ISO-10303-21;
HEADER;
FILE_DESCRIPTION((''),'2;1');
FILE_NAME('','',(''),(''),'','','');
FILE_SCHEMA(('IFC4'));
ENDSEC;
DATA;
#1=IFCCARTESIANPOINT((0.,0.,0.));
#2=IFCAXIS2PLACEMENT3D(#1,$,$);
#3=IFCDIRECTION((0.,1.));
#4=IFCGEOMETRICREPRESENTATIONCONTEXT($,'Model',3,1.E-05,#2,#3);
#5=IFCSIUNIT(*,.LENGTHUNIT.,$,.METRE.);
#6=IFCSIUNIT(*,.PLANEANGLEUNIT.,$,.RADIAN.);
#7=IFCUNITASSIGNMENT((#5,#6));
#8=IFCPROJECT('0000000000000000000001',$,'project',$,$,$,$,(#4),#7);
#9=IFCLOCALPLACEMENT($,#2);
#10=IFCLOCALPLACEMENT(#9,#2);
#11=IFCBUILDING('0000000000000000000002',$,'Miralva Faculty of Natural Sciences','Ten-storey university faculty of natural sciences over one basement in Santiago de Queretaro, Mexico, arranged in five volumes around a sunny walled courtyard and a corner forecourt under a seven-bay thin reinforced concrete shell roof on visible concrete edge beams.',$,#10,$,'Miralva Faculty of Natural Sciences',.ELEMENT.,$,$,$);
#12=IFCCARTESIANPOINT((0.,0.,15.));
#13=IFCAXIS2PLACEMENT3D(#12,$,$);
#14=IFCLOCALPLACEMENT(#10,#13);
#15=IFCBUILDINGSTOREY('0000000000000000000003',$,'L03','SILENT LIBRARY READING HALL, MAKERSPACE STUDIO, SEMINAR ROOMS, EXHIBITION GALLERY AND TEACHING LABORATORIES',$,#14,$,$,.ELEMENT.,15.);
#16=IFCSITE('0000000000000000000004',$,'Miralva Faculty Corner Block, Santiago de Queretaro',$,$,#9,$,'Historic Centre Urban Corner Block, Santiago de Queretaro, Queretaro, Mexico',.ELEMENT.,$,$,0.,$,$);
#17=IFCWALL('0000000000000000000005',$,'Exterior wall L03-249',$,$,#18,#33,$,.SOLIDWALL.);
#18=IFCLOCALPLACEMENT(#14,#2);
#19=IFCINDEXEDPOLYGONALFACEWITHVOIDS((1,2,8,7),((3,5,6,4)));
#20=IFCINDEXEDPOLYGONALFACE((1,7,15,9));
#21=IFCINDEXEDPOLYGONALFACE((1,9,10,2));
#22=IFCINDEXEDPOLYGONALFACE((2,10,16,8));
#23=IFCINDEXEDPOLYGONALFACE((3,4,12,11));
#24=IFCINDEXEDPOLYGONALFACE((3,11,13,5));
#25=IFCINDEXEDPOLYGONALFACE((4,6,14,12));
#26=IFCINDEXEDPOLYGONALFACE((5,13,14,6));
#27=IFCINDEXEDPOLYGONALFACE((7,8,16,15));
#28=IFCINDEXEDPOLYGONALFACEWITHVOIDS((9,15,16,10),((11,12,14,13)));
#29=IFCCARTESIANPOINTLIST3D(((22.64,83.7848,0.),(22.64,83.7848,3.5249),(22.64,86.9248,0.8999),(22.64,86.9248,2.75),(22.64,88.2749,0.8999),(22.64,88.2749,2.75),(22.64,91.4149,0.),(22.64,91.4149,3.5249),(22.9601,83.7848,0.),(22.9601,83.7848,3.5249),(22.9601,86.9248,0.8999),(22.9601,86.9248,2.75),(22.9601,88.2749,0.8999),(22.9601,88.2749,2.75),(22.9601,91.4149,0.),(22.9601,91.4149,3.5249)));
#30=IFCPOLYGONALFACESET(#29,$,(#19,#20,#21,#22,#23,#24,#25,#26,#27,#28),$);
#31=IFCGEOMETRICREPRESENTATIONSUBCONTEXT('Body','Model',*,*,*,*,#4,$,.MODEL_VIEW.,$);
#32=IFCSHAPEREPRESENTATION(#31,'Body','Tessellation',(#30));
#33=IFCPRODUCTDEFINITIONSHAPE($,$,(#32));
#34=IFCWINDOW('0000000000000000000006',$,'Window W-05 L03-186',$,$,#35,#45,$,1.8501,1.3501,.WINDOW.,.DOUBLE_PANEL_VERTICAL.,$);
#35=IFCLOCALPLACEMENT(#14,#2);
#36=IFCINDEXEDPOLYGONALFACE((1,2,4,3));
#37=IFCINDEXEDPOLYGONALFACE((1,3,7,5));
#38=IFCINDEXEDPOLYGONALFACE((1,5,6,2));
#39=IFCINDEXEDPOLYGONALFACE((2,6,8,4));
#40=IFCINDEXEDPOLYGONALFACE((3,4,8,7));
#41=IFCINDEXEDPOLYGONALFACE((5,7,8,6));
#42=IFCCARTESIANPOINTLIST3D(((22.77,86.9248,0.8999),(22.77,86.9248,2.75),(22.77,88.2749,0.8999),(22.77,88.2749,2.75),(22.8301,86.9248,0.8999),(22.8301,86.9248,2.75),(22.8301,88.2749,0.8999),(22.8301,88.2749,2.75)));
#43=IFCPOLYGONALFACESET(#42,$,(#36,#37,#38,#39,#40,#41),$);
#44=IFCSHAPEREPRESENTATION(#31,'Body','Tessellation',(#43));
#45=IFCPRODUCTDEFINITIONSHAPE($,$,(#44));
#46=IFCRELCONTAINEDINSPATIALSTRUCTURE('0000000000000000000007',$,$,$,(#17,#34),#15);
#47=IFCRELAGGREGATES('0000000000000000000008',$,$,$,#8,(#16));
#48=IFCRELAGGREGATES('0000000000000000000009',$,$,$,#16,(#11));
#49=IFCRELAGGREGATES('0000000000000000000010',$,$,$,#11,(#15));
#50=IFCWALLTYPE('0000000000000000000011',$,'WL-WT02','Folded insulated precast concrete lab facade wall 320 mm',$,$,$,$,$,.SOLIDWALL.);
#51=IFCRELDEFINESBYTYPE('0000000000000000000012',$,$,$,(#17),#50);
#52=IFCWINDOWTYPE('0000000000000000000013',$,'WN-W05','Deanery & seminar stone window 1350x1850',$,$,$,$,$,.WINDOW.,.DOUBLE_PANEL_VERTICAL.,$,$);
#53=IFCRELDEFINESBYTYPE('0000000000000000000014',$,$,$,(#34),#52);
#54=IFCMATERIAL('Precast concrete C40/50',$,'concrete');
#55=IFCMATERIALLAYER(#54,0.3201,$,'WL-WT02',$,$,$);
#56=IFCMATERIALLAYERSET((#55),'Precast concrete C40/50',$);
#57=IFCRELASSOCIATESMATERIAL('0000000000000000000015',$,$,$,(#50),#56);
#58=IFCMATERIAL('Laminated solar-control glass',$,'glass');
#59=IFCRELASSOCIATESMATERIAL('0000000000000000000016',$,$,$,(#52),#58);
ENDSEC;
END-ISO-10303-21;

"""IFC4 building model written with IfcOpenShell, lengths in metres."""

from ifc_helpers import new_model, si_unit, direction, frame, frame_2d, origin, place, context, subcontext, project, spatial, rectangle, extrude, material, layer, layer_set, type_object, element, fill, save


model = new_model("IFC4")

# Units and contexts
model_context = context("Model", 3, precision=1e-05, world=origin(), true_north=direction((0.0, 1.0)))
body_context = subcontext(model_context, "Body", "Model", "MODEL_VIEW")
ifc_project = project(units=[si_unit("LENGTHUNIT", "METRE"), si_unit("PLANEANGLEUNIT", "RADIAN")], contexts=[model_context])

# Site, building, storey
site_placement = place(None, origin())
site = spatial("IfcSite", under=ifc_project, at=site_placement, Name="Miralva Faculty Corner Block, Santiago de Queretaro", LongName="Historic Centre Urban Corner Block, Santiago de Queretaro, Queretaro, Mexico", CompositionType="ELEMENT", RefElevation=0.0)
building_placement = place(site_placement, origin())
building = spatial("IfcBuilding", under=site, at=building_placement, Name="Miralva Faculty of Natural Sciences", Description="Ten-storey university faculty of natural sciences over one basement in Santiago de Queretaro, Mexico, arranged in five volumes around a sunny walled courtyard and a corner forecourt under a seven-bay thin reinforced concrete shell roof on visible concrete edge beams.", LongName="Miralva Faculty of Natural Sciences", CompositionType="ELEMENT")
storey_placement = place(building_placement, frame((0.0, 0.0, 15.0)))
storey = spatial("IfcBuildingStorey", under=building, at=storey_placement, Name="L03", Description="SILENT LIBRARY READING HALL, MAKERSPACE STUDIO, SEMINAR ROOMS, EXHIBITION GALLERY AND TEACHING LABORATORIES", CompositionType="ELEMENT", Elevation=15.0)

# Wall, opening, window
ifc_material_1 = material(Name="Precast concrete C40/50", Category="concrete")
ifc_layer_1 = layer(ifc_material_1, 0.3201, Name="WL-WT02")
ifc_layer_set_1 = layer_set([ifc_layer_1], Name="Precast concrete C40/50")
wall_type_1 = type_object("IfcWallType", Name="WL-WT02", Description="Folded insulated precast concrete lab facade wall 320 mm", PredefinedType="SOLIDWALL", material=ifc_layer_set_1)
ifc_material_2 = material(Name="Laminated solar-control glass", Category="glass")
wall_1_placement = place(storey_placement, frame((22.8, 83.7849, 0.0), z_axis=(0.0, 0.0, 1.0), x_axis=(0.0, 1.0, 0.0)))
wall_1 = element("IfcWall", 1, at=wall_1_placement, inside=storey, type_object=wall_type_1, Name="Exterior wall L03-249", PredefinedType="SOLIDWALL", context=body_context, shape_type="SweptSolid", body=[
    extrude(rectangle(XDim=7.6301, YDim=0.3201, at=frame_2d((3.8149, 0.0))), origin(), (0.0, 0.0, 1.0), 3.5249),
])
opening_1_placement = place(wall_1_placement, frame((3.1399, 0.0, 0.8999)))
opening_1 = element("IfcOpeningElement", 2, at=opening_1_placement, cuts=wall_1, PredefinedType="OPENING", context=body_context, shape_type="SweptSolid", body=[
    extrude(rectangle(XDim=1.3501, YDim=1.8501, at=frame_2d((0.675, 0.925))), frame((0.0, 0.1699, 0.0), z_axis=(0.0, -1.0, 0.0), x_axis=(1.0, 0.0, 0.0)), (0.0, 0.0, 1.0), 0.3401),
])
window_type_1 = type_object("IfcWindowType", Name="WN-W05", Description="Deanery & seminar stone window 1350x1850", PartitioningType="DOUBLE_PANEL_VERTICAL", PredefinedType="WINDOW", material=ifc_material_2)
window_1_placement = place(opening_1_placement, frame((1.3501, 0.0, 0.0), z_axis=(0.0, 0.0, 1.0), x_axis=(-1.0, 0.0, 0.0)))
window_1 = element("IfcWindow", 3, at=window_1_placement, inside=storey, type_object=window_type_1, Name="Window W-05 L03-186", OverallHeight=1.8501, OverallWidth=1.3501, PartitioningType="DOUBLE_PANEL_VERTICAL", PredefinedType="WINDOW", context=body_context, shape_type="SweptSolid", body=[
    extrude(rectangle(XDim=1.3501, YDim=1.8501, at=frame_2d((0.675, 0.925))), frame((0.0, 0.03, 0.0), z_axis=(0.0, -1.0, 0.0), x_axis=(1.0, 0.0, 0.0)), (0.0, 0.0, 1.0), 0.0601),
])
fill(opening_1, window_1)

save(model, "model.ifc")
